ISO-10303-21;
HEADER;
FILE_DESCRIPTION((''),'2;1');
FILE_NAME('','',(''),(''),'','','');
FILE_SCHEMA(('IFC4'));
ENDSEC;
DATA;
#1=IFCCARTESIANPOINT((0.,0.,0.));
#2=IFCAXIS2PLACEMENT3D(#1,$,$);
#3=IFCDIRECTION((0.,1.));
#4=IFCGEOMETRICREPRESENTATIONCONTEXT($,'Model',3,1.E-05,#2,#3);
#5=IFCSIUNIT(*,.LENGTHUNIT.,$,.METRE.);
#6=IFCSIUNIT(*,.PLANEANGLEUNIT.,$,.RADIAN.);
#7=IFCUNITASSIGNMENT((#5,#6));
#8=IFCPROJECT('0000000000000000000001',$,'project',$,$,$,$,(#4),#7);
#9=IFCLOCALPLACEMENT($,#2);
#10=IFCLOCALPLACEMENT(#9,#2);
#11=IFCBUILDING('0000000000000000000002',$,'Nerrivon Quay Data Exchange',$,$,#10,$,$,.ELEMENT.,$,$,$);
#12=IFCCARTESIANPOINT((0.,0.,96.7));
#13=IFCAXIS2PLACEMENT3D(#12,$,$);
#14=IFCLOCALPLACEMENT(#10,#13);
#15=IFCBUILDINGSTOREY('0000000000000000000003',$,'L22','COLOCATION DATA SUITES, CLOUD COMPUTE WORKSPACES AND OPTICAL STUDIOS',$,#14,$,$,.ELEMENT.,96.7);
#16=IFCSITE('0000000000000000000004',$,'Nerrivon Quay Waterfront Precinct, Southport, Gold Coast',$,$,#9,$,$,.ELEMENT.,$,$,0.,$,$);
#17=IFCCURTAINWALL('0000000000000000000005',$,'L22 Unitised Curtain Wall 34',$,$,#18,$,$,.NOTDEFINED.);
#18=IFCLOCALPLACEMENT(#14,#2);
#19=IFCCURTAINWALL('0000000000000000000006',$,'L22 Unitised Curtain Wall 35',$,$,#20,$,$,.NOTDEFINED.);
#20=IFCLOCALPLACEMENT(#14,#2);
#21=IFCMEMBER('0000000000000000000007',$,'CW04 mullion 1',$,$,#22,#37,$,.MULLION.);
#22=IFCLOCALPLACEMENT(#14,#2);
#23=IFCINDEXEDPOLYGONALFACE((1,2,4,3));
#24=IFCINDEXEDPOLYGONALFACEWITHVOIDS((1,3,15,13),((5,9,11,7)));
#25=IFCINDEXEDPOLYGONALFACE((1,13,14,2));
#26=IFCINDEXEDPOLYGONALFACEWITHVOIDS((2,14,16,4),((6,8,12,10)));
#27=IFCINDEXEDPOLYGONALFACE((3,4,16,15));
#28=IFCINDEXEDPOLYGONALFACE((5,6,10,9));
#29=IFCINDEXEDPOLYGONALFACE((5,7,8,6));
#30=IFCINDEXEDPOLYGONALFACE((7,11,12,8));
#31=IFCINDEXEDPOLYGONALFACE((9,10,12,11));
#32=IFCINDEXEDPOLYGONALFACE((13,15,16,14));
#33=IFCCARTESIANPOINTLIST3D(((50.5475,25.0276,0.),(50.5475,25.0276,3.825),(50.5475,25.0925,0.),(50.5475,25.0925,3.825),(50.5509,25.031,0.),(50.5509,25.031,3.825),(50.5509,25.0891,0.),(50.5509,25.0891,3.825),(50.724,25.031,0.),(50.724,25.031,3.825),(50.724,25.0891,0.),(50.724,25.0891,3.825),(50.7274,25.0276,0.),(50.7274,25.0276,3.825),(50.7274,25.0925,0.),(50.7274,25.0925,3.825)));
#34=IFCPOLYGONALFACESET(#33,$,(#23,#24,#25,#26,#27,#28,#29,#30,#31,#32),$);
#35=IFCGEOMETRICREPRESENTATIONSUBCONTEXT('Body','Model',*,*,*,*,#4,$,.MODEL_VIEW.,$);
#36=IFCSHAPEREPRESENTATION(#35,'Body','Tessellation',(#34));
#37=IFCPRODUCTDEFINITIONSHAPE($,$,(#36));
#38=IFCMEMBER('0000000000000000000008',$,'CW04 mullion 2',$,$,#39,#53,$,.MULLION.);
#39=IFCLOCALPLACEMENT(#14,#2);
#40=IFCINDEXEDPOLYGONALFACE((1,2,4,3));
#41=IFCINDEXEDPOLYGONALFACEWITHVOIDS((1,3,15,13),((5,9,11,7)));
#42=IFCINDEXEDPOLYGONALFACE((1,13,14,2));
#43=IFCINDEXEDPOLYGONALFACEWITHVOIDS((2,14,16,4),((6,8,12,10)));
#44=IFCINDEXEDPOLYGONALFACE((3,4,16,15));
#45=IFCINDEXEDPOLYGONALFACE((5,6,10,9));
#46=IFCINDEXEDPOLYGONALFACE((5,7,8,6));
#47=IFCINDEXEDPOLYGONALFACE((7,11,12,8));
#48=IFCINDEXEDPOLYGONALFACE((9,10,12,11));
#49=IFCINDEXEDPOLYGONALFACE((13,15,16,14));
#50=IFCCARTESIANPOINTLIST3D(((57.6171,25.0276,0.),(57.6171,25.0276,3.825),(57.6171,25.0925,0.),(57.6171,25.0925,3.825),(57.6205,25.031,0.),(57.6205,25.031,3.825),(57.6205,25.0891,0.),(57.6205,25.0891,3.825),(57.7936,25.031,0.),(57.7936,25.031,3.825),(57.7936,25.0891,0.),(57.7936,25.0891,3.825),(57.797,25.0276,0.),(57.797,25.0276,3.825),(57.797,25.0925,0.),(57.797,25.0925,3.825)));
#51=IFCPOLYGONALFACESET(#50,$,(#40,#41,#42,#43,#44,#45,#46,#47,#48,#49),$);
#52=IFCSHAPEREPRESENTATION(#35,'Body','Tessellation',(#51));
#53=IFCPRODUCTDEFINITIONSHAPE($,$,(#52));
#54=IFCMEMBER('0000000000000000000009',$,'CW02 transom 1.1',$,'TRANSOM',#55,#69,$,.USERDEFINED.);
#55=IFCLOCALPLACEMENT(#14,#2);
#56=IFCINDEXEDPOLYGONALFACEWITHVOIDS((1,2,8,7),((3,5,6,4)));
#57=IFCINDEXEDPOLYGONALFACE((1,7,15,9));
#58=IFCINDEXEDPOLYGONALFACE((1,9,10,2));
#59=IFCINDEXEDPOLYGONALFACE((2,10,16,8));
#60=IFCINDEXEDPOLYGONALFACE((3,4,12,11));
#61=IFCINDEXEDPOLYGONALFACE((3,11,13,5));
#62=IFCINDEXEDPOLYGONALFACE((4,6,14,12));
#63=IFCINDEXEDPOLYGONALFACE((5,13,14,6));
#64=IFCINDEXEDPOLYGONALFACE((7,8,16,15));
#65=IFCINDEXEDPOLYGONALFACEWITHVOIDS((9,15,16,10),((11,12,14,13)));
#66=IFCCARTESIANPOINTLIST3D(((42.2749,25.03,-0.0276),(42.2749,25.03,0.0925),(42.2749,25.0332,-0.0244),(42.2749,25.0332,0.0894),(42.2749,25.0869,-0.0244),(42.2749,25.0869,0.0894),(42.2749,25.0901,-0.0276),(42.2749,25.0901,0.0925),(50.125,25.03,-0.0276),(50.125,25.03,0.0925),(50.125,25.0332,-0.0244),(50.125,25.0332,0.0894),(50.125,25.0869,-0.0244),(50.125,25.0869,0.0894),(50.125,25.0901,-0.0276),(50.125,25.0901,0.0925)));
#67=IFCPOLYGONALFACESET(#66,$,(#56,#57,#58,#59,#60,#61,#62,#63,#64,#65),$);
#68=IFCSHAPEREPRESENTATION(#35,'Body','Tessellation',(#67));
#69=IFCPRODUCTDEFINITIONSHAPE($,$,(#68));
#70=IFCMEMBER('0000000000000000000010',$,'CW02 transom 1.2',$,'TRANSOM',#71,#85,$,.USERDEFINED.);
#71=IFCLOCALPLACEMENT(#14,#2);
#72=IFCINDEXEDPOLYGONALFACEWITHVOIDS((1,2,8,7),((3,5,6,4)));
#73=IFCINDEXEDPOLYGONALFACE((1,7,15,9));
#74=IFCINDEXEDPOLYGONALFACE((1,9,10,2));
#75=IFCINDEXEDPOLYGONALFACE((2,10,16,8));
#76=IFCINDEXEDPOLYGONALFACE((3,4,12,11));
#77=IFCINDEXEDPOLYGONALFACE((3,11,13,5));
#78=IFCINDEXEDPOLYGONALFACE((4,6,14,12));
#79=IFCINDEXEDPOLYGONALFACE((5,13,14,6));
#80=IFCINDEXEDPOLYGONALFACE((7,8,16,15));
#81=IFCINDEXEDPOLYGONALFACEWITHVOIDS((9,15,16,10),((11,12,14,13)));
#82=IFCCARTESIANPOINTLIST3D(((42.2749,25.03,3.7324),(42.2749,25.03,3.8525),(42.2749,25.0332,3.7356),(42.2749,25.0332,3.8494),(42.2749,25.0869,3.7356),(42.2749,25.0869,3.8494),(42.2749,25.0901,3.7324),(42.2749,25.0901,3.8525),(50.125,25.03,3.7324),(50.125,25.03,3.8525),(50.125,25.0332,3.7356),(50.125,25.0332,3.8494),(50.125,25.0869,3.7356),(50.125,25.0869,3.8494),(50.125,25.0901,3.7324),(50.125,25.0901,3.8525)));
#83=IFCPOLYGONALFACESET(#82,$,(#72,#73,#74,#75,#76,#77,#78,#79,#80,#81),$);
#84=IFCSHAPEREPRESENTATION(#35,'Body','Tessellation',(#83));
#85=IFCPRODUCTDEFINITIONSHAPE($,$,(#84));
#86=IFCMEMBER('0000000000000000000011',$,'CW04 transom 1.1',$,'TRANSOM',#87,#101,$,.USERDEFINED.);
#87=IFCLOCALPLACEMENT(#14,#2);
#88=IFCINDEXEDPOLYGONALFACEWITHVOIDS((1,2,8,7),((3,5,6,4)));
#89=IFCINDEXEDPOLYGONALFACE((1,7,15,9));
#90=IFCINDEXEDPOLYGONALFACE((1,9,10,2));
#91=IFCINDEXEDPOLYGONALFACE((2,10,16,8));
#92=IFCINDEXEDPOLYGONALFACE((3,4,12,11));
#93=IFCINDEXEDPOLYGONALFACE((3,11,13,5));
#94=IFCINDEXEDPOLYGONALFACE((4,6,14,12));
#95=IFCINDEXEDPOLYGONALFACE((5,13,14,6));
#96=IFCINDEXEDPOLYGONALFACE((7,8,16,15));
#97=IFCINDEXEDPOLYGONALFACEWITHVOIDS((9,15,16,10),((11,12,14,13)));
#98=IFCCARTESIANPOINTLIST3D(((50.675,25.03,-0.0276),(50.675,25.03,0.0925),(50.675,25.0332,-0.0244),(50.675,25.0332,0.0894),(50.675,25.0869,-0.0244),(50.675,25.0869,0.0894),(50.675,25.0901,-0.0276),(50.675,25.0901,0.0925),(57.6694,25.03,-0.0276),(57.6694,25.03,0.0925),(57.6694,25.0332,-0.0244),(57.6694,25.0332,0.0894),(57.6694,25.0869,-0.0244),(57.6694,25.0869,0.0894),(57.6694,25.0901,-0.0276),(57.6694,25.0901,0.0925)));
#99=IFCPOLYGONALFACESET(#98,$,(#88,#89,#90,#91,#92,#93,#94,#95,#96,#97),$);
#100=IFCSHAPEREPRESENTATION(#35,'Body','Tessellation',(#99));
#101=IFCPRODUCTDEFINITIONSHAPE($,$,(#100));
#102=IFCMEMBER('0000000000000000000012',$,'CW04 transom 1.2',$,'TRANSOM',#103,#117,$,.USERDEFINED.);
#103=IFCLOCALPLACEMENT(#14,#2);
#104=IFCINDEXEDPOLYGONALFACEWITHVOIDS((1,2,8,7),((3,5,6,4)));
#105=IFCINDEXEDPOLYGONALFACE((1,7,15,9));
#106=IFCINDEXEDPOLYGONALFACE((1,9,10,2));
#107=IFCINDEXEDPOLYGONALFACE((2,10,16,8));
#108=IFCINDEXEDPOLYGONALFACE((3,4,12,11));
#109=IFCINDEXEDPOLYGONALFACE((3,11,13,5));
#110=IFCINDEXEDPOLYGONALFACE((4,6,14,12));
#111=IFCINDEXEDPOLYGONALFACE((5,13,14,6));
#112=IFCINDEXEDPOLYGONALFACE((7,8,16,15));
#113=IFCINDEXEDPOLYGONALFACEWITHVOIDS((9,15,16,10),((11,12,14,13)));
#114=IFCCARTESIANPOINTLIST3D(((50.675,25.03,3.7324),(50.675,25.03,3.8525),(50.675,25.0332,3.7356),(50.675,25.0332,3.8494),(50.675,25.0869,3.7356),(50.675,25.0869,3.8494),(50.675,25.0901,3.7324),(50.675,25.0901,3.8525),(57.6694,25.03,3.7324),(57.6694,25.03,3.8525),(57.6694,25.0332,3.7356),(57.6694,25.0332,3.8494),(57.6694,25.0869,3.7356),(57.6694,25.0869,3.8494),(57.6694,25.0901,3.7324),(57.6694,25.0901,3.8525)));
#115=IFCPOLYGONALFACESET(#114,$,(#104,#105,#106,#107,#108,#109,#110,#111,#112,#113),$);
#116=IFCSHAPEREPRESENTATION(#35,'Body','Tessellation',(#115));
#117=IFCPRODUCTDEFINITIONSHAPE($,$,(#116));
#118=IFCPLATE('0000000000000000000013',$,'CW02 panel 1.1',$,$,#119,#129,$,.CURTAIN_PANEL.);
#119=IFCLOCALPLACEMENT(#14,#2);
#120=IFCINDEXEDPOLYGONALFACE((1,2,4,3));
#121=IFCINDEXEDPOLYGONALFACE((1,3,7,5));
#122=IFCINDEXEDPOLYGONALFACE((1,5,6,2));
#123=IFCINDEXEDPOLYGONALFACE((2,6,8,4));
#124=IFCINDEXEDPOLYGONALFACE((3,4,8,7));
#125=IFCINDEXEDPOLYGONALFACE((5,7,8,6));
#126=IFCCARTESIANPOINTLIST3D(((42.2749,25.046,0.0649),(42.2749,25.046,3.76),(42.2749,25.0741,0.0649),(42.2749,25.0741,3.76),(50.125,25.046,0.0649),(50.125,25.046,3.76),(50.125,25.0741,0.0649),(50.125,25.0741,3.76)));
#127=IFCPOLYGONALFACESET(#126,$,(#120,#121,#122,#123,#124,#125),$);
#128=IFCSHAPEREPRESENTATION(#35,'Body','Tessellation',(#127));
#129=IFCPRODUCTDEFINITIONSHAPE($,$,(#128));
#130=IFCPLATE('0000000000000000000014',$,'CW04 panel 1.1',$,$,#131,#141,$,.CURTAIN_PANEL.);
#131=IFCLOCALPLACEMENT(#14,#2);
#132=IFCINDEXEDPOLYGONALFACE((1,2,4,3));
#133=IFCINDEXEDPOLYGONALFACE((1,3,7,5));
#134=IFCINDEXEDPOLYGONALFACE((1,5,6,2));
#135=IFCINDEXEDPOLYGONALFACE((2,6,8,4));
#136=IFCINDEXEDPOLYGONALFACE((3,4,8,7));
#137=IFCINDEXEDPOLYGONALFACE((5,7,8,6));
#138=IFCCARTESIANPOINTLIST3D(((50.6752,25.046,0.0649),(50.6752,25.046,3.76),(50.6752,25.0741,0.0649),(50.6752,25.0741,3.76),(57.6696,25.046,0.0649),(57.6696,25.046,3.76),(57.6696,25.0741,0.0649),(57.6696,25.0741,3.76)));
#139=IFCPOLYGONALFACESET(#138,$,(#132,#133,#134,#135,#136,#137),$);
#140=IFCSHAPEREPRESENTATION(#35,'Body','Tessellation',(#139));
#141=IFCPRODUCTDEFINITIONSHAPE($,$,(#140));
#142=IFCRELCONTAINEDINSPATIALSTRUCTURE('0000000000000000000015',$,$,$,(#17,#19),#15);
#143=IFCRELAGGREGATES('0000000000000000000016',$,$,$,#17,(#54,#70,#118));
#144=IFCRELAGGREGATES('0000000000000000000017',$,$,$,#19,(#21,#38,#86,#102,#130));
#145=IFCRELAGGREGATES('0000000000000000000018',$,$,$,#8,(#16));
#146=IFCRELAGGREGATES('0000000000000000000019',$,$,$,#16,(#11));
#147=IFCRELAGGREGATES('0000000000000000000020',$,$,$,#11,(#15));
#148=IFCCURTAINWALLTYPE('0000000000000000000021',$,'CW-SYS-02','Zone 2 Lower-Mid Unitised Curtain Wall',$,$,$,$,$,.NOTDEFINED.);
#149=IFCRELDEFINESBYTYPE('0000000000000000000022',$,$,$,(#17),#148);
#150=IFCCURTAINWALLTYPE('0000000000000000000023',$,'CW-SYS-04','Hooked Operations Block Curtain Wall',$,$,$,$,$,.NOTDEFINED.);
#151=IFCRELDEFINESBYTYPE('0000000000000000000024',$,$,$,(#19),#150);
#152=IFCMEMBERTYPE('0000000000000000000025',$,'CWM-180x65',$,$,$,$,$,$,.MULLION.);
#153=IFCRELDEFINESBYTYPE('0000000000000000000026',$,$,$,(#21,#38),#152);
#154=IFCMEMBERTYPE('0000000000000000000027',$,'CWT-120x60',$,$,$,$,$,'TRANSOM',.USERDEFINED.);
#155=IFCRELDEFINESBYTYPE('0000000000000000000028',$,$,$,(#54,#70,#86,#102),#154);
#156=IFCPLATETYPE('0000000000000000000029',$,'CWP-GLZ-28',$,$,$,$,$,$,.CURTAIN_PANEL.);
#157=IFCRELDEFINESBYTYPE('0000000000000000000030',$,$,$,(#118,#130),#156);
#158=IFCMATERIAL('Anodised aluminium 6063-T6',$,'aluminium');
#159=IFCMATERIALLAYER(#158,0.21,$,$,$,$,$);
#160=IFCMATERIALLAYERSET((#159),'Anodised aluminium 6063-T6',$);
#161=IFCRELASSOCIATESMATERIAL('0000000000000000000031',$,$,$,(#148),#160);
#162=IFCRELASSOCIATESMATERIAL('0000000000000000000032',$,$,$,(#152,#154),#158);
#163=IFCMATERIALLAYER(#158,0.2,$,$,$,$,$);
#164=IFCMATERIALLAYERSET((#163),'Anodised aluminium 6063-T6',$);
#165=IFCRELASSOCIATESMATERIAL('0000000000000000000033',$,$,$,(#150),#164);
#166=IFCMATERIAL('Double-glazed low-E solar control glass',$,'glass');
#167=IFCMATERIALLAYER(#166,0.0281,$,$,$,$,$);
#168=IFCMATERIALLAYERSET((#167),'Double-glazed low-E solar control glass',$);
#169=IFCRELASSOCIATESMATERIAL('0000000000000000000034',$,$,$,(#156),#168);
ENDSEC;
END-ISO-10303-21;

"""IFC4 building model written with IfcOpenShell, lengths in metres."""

from ifc_helpers import new_model, si_unit, direction, frame, origin, origin_2d, place, context, subcontext, project, spatial, rectangle, hollow_rectangle, extrude, material, layer, layer_set, material_profile, profile_set, type_object, element, aggregate, save


model = new_model("IFC4")

# Units and contexts
model_context = context("Model", 3, precision=1e-05, world=origin(), true_north=direction((0.0, 1.0)))
body_context = subcontext(model_context, "Body", "Model", "MODEL_VIEW")
ifc_project = project(units=[si_unit("LENGTHUNIT", "METRE"), si_unit("PLANEANGLEUNIT", "RADIAN")], contexts=[model_context])

# Site, building, storey
site_placement = place(None, origin())
site = spatial("IfcSite", under=ifc_project, at=site_placement, Name="Nerrivon Quay Waterfront Precinct, Southport, Gold Coast", CompositionType="ELEMENT", RefElevation=0.0)
building_placement = place(site_placement, origin())
building = spatial("IfcBuilding", under=site, at=building_placement, Name="Nerrivon Quay Data Exchange", CompositionType="ELEMENT")
storey_placement = place(building_placement, frame((0.0, 0.0, 96.7)))
storey = spatial("IfcBuildingStorey", under=building, at=storey_placement, Name="L22", Description="COLOCATION DATA SUITES, CLOUD COMPUTE WORKSPACES AND OPTICAL STUDIOS", CompositionType="ELEMENT", Elevation=96.7)

# Curtain walls, members
ifc_material_1 = material(Name="Anodised aluminium 6063-T6", Category="aluminium")
ifc_layer_1 = layer(ifc_material_1, 0.21)
ifc_layer_set_1 = layer_set([ifc_layer_1], Name="Anodised aluminium 6063-T6")
curtain_wall_type_1 = type_object("IfcCurtainWallType", Name="CW-SYS-02", Description="Zone 2 Lower-Mid Unitised Curtain Wall", PredefinedType="NOTDEFINED", material=ifc_layer_set_1)
curtain_wall_1_placement = place(storey_placement, origin())
curtain_wall_1 = element("IfcCurtainWall", 1, at=curtain_wall_1_placement, inside=storey, type_object=curtain_wall_type_1, Name="L22 Unitised Curtain Wall 34", PredefinedType="NOTDEFINED")
ifc_material_profile_1 = material_profile(ifc_material_1, hollow_rectangle(XDim=0.0649, YDim=0.1799, WallThickness=0.0034, at=origin_2d()), Name="ALU-MULL-180x65")
ifc_profile_set_1 = profile_set([ifc_material_profile_1], Name="Anodised aluminium 6063-T6")
member_type_1 = type_object("IfcMemberType", Name="CWM-180x65", PredefinedType="MULLION", material=ifc_profile_set_1)
ifc_layer_2 = layer(ifc_material_1, 0.2)
ifc_layer_set_2 = layer_set([ifc_layer_2], Name="Anodised aluminium 6063-T6")
curtain_wall_type_2 = type_object("IfcCurtainWallType", Name="CW-SYS-04", Description="Hooked Operations Block Curtain Wall", PredefinedType="NOTDEFINED", material=ifc_layer_set_2)
curtain_wall_2_placement = place(storey_placement, origin())
curtain_wall_2 = element("IfcCurtainWall", 2, at=curtain_wall_2_placement, inside=storey, type_object=curtain_wall_type_2, Name="L22 Unitised Curtain Wall 35", PredefinedType="NOTDEFINED")
member_1_placement = place(storey_placement, frame((50.6375, 25.0601, 0.0), z_axis=(0.0, 0.0, 1.0), x_axis=(0.0, 1.0, 0.0)))
member_1 = element("IfcMember", 3, at=member_1_placement, type_object=member_type_1, Name="CW04 mullion 1", PredefinedType="MULLION", context=body_context, shape_type="SweptSolid", body=[
    extrude(hollow_rectangle(XDim=0.0649, YDim=0.1799, WallThickness=0.0034, at=origin_2d()), origin(), (0.0, 0.0, 1.0), 3.825),
])
member_2_placement = place(storey_placement, frame((57.707, 25.0601, 0.0), z_axis=(0.0, 0.0, 1.0), x_axis=(0.0, 1.0, 0.0)))
member_2 = element("IfcMember", 4, at=member_2_placement, type_object=member_type_1, Name="CW04 mullion 2", PredefinedType="MULLION", context=body_context, shape_type="SweptSolid", body=[
    extrude(hollow_rectangle(XDim=0.0649, YDim=0.1799, WallThickness=0.0034, at=origin_2d()), origin(), (0.0, 0.0, 1.0), 3.825),
])

# Members
ifc_material_profile_2 = material_profile(ifc_material_1, hollow_rectangle(XDim=0.0601, YDim=0.1201, WallThickness=0.0032, at=origin_2d()), Name="ALU-TRAN-120x60")
ifc_profile_set_2 = profile_set([ifc_material_profile_2], Name="Anodised aluminium 6063-T6")
member_type_2 = type_object("IfcMemberType", Name="CWT-120x60", ElementType="TRANSOM", PredefinedType="USERDEFINED", material=ifc_profile_set_2)
member_3_placement = place(storey_placement, frame((42.2749, 25.0601, 0.0325), z_axis=(1.0, 0.0, 0.0), x_axis=(0.0, 1.0, 0.0)))
member_3 = element("IfcMember", 5, at=member_3_placement, type_object=member_type_2, Name="CW02 transom 1.1", ObjectType="TRANSOM", PredefinedType="USERDEFINED", context=body_context, shape_type="SweptSolid", body=[
    extrude(hollow_rectangle(XDim=0.0601, YDim=0.1201, WallThickness=0.0032, at=origin_2d()), origin(), (0.0, 0.0, 1.0), 7.8501),
])
member_4_placement = place(storey_placement, frame((42.2749, 25.0601, 3.7925), z_axis=(1.0, 0.0, 0.0), x_axis=(0.0, 1.0, 0.0)))
member_4 = element("IfcMember", 6, at=member_4_placement, type_object=member_type_2, Name="CW02 transom 1.2", ObjectType="TRANSOM", PredefinedType="USERDEFINED", context=body_context, shape_type="SweptSolid", body=[
    extrude(hollow_rectangle(XDim=0.0601, YDim=0.1201, WallThickness=0.0032, at=origin_2d()), origin(), (0.0, 0.0, 1.0), 7.8501),
])
member_5_placement = place(storey_placement, frame((50.675, 25.0601, 0.0325), z_axis=(1.0, 0.0, 0.0), x_axis=(0.0, 1.0, 0.0)))
member_5 = element("IfcMember", 7, at=member_5_placement, type_object=member_type_2, Name="CW04 transom 1.1", ObjectType="TRANSOM", PredefinedType="USERDEFINED", context=body_context, shape_type="SweptSolid", body=[
    extrude(hollow_rectangle(XDim=0.0601, YDim=0.1201, WallThickness=0.0032, at=origin_2d()), origin(), (0.0, 0.0, 1.0), 6.9944),
])
member_6_placement = place(storey_placement, frame((50.675, 25.0601, 3.7925), z_axis=(1.0, 0.0, 0.0), x_axis=(0.0, 1.0, 0.0)))
member_6 = element("IfcMember", 8, at=member_6_placement, type_object=member_type_2, Name="CW04 transom 1.2", ObjectType="TRANSOM", PredefinedType="USERDEFINED", context=body_context, shape_type="SweptSolid", body=[
    extrude(hollow_rectangle(XDim=0.0601, YDim=0.1201, WallThickness=0.0032, at=origin_2d()), origin(), (0.0, 0.0, 1.0), 6.9944),
])

# Plates
ifc_material_2 = material(Name="Double-glazed low-E solar control glass", Category="glass")
ifc_layer_3 = layer(ifc_material_2, 0.0281)
ifc_layer_set_3 = layer_set([ifc_layer_3], Name="Double-glazed low-E solar control glass")
plate_type = type_object("IfcPlateType", Name="CWP-GLZ-28", PredefinedType="CURTAIN_PANEL", material=ifc_layer_set_3)
plate_1_placement = place(storey_placement, frame((46.2, 25.0601, 0.0649), z_axis=(0.0, 0.0, 1.0), x_axis=(1.0, 0.0, 0.0)))
plate_1 = element("IfcPlate", 9, at=plate_1_placement, type_object=plate_type, Name="CW02 panel 1.1", PredefinedType="CURTAIN_PANEL", context=body_context, shape_type="SweptSolid", body=[
    extrude(rectangle(XDim=7.8501, YDim=0.0281, at=origin_2d()), origin(), (0.0, 0.0, 1.0), 3.6951),
])
aggregate(curtain_wall_1, [member_3, member_4, plate_1])
plate_2_placement = place(storey_placement, frame((54.1724, 25.0601, 0.0649), z_axis=(0.0, 0.0, 1.0), x_axis=(1.0, 0.0, 0.0)))
plate_2 = element("IfcPlate", 10, at=plate_2_placement, type_object=plate_type, Name="CW04 panel 1.1", PredefinedType="CURTAIN_PANEL", context=body_context, shape_type="SweptSolid", body=[
    extrude(rectangle(XDim=6.9944, YDim=0.0281, at=origin_2d()), origin(), (0.0, 0.0, 1.0), 3.6951),
])
aggregate(curtain_wall_2, [member_1, member_2, member_5, member_6, plate_2])

save(model, "model.ifc")
